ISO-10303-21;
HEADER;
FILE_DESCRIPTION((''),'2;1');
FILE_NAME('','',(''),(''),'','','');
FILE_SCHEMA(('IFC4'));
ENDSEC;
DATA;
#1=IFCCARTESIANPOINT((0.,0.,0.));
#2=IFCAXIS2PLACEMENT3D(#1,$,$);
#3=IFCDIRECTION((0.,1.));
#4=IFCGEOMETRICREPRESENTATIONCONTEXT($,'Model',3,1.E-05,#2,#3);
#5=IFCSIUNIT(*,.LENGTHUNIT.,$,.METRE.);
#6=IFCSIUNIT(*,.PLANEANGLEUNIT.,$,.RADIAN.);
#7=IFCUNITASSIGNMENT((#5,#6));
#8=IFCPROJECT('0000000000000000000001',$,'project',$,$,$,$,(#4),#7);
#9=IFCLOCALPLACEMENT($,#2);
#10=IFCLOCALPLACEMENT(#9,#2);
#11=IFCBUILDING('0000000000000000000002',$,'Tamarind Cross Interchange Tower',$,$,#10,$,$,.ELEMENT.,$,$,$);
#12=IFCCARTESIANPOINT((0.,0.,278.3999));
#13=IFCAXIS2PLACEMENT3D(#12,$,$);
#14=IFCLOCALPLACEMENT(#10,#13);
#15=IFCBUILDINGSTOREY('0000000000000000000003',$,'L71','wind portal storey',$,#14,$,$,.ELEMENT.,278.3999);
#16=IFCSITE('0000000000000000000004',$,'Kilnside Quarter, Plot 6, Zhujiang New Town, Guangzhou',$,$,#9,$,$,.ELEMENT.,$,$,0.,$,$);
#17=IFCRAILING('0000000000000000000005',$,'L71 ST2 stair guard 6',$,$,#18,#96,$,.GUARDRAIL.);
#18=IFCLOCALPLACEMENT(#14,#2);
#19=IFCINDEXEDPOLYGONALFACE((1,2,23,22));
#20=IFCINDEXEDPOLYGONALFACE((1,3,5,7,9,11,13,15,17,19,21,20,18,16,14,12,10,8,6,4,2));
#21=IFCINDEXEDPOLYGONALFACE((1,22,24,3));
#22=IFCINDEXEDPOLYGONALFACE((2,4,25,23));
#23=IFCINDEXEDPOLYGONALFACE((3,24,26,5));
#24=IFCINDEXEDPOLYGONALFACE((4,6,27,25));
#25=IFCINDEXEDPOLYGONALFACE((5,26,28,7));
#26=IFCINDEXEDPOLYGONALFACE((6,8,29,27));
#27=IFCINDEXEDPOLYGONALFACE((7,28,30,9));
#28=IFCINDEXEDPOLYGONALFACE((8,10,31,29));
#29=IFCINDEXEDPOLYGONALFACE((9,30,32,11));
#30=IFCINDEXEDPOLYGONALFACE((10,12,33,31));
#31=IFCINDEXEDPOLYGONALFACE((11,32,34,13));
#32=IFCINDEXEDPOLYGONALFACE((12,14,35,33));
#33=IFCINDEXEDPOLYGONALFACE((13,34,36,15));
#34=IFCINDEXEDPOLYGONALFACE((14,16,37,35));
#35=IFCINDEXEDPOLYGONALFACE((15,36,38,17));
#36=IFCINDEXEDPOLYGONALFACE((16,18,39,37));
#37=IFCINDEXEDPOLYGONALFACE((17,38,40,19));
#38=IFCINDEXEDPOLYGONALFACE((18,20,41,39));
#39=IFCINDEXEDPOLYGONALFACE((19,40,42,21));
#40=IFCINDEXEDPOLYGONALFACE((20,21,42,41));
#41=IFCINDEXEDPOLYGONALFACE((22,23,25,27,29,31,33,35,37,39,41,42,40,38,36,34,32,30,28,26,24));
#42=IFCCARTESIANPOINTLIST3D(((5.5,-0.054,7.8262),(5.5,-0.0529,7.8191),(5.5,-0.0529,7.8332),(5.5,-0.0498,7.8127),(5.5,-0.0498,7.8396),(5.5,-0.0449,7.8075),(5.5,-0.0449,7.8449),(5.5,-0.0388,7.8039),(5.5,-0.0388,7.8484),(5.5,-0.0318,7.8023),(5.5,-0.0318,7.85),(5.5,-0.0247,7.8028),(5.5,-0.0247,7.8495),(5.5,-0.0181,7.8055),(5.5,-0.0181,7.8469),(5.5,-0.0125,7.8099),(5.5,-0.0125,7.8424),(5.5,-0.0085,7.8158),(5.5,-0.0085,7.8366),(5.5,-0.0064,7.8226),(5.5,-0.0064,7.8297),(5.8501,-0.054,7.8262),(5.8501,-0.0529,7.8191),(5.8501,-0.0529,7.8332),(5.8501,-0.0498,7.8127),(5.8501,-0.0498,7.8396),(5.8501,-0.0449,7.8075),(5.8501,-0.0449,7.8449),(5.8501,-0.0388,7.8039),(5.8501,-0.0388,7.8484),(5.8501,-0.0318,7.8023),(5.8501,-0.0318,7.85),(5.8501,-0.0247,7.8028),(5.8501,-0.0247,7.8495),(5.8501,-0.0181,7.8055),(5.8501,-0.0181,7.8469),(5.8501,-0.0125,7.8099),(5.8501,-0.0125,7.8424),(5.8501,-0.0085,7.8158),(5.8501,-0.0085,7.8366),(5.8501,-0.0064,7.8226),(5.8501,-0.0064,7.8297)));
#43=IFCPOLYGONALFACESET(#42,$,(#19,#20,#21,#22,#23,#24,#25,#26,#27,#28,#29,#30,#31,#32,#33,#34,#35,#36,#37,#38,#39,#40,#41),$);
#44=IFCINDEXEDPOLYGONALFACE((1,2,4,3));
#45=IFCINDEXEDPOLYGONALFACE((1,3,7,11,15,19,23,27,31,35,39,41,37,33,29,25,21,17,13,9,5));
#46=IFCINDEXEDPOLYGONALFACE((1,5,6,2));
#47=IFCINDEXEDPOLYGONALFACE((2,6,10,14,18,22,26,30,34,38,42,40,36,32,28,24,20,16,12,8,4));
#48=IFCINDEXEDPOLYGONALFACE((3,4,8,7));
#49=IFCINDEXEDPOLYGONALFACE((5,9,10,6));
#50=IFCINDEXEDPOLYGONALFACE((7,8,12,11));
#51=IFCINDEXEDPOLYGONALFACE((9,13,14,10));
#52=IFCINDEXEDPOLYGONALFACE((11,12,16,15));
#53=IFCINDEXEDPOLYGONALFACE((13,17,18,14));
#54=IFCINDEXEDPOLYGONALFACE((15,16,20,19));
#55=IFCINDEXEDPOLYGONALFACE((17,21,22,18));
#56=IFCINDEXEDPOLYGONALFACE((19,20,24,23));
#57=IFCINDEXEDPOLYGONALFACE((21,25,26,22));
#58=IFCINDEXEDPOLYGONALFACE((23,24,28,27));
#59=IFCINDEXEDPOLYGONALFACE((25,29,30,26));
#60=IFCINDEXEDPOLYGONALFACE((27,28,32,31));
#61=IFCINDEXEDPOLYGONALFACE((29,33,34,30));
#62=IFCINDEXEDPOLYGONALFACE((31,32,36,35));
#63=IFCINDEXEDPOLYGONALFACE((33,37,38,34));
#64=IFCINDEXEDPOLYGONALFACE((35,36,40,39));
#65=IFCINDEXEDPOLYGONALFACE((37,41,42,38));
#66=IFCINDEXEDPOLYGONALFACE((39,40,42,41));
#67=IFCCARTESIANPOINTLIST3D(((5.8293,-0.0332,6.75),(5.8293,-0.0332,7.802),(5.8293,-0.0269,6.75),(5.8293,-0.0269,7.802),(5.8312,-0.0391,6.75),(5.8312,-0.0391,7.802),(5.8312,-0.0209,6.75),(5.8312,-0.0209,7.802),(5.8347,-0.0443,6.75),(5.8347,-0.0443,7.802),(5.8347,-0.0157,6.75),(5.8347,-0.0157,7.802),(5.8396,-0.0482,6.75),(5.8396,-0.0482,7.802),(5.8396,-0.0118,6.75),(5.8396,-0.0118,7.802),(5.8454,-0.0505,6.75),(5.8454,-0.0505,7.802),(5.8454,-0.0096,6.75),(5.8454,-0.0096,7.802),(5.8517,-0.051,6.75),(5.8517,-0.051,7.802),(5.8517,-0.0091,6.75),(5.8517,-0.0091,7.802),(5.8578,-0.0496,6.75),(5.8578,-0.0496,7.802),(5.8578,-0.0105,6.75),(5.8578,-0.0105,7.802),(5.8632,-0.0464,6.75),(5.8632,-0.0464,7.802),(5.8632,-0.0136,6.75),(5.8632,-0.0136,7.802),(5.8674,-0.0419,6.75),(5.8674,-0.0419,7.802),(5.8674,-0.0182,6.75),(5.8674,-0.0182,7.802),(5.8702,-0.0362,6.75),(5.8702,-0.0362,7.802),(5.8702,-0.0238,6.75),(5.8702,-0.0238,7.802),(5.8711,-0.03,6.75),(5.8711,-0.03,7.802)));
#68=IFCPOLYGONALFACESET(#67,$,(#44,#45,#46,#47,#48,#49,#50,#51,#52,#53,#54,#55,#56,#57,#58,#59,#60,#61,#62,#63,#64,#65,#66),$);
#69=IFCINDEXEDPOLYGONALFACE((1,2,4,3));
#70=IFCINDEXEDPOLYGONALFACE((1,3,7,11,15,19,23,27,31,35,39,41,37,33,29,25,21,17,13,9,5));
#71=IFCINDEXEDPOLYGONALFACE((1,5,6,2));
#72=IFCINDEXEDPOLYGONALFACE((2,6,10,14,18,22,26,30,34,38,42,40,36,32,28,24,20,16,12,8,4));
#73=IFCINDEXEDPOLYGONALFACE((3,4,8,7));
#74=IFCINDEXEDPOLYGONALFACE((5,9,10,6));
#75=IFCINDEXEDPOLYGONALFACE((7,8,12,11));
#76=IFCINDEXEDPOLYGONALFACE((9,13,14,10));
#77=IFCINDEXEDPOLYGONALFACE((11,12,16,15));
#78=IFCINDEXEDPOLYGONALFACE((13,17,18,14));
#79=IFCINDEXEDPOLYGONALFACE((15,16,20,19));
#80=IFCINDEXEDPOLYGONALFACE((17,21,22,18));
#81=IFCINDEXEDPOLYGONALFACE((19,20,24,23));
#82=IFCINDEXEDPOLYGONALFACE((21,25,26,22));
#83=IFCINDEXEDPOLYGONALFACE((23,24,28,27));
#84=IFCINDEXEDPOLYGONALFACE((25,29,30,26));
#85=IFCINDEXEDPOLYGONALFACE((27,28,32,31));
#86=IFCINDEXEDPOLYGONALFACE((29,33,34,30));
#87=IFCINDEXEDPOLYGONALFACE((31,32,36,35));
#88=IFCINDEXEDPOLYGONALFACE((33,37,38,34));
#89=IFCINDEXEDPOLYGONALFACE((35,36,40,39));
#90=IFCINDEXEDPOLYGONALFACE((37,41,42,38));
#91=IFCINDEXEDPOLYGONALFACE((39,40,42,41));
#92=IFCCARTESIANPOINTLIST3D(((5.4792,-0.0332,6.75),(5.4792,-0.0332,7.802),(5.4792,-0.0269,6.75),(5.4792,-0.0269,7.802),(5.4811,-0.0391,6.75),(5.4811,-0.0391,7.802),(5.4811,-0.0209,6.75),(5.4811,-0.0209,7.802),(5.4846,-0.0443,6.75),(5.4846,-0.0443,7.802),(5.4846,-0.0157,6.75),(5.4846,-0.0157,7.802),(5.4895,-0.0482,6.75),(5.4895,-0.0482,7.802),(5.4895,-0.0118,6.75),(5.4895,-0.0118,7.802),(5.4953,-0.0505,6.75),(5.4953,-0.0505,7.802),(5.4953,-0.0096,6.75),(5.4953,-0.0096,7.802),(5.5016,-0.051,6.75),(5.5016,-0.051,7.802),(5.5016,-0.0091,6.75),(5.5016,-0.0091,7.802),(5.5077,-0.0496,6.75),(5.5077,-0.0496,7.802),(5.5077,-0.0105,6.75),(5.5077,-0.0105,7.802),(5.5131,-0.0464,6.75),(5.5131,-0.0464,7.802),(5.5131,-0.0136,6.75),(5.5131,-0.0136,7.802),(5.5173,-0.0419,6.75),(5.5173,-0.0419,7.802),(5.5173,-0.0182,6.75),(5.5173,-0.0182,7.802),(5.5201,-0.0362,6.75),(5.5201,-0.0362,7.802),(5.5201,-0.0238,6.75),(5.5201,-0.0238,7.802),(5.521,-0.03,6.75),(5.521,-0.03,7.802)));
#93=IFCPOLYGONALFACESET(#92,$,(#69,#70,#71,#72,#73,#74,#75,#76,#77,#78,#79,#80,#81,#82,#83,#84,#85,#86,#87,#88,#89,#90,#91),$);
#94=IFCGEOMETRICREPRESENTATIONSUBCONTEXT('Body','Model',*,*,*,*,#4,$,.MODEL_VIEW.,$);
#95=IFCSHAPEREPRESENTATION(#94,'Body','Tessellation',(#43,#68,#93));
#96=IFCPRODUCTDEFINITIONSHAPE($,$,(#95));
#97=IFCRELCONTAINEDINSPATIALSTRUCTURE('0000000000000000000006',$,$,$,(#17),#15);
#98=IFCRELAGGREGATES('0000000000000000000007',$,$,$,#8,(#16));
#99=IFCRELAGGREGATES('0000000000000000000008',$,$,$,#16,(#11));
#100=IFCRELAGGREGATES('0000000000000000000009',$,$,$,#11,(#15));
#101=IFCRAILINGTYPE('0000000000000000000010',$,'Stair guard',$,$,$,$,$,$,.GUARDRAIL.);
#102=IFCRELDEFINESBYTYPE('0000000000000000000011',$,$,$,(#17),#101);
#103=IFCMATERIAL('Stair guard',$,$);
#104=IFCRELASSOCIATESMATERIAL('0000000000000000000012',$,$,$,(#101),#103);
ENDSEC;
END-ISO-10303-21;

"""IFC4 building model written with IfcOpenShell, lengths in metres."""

from ifc_helpers import new_model, si_unit, direction, frame, origin, origin_2d, place, context, subcontext, project, spatial, circle, extrude, material, type_object, element, save


model = new_model("IFC4")

# Units and contexts
model_context = context("Model", 3, precision=1e-05, world=origin(), true_north=direction((0.0, 1.0)))
body_context = subcontext(model_context, "Body", "Model", "MODEL_VIEW")
ifc_project = project(units=[si_unit("LENGTHUNIT", "METRE"), si_unit("PLANEANGLEUNIT", "RADIAN")], contexts=[model_context])

# Site, building, storey
site_placement = place(None, origin())
site = spatial("IfcSite", under=ifc_project, at=site_placement, Name="Kilnside Quarter, Plot 6, Zhujiang New Town, Guangzhou", CompositionType="ELEMENT", RefElevation=0.0)
building_placement = place(site_placement, origin())
building = spatial("IfcBuilding", under=site, at=building_placement, Name="Tamarind Cross Interchange Tower", CompositionType="ELEMENT")
storey_placement = place(building_placement, frame((0.0, 0.0, 278.3999)))
storey = spatial("IfcBuildingStorey", under=building, at=storey_placement, Name="L71", Description="wind portal storey", CompositionType="ELEMENT", Elevation=278.3999)

# Railing
ifc_material_1 = material(Name="Stair guard")
railing_type_1 = type_object("IfcRailingType", Name="Stair guard", PredefinedType="GUARDRAIL", material=ifc_material_1)
railing_1_placement = place(storey_placement, frame((5.8501, -0.03, 6.75)))
element("IfcRailing", 1, at=railing_1_placement, inside=storey, type_object=railing_type_1, Name="L71 ST2 stair guard 6", PredefinedType="GUARDRAIL", context=body_context, shape_type="SweptSolid", body=[
    extrude(circle(Radius=0.0239, at=origin_2d()), frame((0.0, 0.0, 1.0762), z_axis=(-1.0, 0.0, 0.0), x_axis=(0.0, -1.0, 0.0)), (0.0, 0.0, 1.0), 0.3501),
    extrude(circle(Radius=0.021, at=origin_2d()), origin(), (0.0, 0.0, 1.0), 1.052),
    extrude(circle(Radius=0.021, at=origin_2d()), frame((-0.3501, 0.0, 0.0)), (0.0, 0.0, 1.0), 1.052),
])

save(model, "model.ifc")
